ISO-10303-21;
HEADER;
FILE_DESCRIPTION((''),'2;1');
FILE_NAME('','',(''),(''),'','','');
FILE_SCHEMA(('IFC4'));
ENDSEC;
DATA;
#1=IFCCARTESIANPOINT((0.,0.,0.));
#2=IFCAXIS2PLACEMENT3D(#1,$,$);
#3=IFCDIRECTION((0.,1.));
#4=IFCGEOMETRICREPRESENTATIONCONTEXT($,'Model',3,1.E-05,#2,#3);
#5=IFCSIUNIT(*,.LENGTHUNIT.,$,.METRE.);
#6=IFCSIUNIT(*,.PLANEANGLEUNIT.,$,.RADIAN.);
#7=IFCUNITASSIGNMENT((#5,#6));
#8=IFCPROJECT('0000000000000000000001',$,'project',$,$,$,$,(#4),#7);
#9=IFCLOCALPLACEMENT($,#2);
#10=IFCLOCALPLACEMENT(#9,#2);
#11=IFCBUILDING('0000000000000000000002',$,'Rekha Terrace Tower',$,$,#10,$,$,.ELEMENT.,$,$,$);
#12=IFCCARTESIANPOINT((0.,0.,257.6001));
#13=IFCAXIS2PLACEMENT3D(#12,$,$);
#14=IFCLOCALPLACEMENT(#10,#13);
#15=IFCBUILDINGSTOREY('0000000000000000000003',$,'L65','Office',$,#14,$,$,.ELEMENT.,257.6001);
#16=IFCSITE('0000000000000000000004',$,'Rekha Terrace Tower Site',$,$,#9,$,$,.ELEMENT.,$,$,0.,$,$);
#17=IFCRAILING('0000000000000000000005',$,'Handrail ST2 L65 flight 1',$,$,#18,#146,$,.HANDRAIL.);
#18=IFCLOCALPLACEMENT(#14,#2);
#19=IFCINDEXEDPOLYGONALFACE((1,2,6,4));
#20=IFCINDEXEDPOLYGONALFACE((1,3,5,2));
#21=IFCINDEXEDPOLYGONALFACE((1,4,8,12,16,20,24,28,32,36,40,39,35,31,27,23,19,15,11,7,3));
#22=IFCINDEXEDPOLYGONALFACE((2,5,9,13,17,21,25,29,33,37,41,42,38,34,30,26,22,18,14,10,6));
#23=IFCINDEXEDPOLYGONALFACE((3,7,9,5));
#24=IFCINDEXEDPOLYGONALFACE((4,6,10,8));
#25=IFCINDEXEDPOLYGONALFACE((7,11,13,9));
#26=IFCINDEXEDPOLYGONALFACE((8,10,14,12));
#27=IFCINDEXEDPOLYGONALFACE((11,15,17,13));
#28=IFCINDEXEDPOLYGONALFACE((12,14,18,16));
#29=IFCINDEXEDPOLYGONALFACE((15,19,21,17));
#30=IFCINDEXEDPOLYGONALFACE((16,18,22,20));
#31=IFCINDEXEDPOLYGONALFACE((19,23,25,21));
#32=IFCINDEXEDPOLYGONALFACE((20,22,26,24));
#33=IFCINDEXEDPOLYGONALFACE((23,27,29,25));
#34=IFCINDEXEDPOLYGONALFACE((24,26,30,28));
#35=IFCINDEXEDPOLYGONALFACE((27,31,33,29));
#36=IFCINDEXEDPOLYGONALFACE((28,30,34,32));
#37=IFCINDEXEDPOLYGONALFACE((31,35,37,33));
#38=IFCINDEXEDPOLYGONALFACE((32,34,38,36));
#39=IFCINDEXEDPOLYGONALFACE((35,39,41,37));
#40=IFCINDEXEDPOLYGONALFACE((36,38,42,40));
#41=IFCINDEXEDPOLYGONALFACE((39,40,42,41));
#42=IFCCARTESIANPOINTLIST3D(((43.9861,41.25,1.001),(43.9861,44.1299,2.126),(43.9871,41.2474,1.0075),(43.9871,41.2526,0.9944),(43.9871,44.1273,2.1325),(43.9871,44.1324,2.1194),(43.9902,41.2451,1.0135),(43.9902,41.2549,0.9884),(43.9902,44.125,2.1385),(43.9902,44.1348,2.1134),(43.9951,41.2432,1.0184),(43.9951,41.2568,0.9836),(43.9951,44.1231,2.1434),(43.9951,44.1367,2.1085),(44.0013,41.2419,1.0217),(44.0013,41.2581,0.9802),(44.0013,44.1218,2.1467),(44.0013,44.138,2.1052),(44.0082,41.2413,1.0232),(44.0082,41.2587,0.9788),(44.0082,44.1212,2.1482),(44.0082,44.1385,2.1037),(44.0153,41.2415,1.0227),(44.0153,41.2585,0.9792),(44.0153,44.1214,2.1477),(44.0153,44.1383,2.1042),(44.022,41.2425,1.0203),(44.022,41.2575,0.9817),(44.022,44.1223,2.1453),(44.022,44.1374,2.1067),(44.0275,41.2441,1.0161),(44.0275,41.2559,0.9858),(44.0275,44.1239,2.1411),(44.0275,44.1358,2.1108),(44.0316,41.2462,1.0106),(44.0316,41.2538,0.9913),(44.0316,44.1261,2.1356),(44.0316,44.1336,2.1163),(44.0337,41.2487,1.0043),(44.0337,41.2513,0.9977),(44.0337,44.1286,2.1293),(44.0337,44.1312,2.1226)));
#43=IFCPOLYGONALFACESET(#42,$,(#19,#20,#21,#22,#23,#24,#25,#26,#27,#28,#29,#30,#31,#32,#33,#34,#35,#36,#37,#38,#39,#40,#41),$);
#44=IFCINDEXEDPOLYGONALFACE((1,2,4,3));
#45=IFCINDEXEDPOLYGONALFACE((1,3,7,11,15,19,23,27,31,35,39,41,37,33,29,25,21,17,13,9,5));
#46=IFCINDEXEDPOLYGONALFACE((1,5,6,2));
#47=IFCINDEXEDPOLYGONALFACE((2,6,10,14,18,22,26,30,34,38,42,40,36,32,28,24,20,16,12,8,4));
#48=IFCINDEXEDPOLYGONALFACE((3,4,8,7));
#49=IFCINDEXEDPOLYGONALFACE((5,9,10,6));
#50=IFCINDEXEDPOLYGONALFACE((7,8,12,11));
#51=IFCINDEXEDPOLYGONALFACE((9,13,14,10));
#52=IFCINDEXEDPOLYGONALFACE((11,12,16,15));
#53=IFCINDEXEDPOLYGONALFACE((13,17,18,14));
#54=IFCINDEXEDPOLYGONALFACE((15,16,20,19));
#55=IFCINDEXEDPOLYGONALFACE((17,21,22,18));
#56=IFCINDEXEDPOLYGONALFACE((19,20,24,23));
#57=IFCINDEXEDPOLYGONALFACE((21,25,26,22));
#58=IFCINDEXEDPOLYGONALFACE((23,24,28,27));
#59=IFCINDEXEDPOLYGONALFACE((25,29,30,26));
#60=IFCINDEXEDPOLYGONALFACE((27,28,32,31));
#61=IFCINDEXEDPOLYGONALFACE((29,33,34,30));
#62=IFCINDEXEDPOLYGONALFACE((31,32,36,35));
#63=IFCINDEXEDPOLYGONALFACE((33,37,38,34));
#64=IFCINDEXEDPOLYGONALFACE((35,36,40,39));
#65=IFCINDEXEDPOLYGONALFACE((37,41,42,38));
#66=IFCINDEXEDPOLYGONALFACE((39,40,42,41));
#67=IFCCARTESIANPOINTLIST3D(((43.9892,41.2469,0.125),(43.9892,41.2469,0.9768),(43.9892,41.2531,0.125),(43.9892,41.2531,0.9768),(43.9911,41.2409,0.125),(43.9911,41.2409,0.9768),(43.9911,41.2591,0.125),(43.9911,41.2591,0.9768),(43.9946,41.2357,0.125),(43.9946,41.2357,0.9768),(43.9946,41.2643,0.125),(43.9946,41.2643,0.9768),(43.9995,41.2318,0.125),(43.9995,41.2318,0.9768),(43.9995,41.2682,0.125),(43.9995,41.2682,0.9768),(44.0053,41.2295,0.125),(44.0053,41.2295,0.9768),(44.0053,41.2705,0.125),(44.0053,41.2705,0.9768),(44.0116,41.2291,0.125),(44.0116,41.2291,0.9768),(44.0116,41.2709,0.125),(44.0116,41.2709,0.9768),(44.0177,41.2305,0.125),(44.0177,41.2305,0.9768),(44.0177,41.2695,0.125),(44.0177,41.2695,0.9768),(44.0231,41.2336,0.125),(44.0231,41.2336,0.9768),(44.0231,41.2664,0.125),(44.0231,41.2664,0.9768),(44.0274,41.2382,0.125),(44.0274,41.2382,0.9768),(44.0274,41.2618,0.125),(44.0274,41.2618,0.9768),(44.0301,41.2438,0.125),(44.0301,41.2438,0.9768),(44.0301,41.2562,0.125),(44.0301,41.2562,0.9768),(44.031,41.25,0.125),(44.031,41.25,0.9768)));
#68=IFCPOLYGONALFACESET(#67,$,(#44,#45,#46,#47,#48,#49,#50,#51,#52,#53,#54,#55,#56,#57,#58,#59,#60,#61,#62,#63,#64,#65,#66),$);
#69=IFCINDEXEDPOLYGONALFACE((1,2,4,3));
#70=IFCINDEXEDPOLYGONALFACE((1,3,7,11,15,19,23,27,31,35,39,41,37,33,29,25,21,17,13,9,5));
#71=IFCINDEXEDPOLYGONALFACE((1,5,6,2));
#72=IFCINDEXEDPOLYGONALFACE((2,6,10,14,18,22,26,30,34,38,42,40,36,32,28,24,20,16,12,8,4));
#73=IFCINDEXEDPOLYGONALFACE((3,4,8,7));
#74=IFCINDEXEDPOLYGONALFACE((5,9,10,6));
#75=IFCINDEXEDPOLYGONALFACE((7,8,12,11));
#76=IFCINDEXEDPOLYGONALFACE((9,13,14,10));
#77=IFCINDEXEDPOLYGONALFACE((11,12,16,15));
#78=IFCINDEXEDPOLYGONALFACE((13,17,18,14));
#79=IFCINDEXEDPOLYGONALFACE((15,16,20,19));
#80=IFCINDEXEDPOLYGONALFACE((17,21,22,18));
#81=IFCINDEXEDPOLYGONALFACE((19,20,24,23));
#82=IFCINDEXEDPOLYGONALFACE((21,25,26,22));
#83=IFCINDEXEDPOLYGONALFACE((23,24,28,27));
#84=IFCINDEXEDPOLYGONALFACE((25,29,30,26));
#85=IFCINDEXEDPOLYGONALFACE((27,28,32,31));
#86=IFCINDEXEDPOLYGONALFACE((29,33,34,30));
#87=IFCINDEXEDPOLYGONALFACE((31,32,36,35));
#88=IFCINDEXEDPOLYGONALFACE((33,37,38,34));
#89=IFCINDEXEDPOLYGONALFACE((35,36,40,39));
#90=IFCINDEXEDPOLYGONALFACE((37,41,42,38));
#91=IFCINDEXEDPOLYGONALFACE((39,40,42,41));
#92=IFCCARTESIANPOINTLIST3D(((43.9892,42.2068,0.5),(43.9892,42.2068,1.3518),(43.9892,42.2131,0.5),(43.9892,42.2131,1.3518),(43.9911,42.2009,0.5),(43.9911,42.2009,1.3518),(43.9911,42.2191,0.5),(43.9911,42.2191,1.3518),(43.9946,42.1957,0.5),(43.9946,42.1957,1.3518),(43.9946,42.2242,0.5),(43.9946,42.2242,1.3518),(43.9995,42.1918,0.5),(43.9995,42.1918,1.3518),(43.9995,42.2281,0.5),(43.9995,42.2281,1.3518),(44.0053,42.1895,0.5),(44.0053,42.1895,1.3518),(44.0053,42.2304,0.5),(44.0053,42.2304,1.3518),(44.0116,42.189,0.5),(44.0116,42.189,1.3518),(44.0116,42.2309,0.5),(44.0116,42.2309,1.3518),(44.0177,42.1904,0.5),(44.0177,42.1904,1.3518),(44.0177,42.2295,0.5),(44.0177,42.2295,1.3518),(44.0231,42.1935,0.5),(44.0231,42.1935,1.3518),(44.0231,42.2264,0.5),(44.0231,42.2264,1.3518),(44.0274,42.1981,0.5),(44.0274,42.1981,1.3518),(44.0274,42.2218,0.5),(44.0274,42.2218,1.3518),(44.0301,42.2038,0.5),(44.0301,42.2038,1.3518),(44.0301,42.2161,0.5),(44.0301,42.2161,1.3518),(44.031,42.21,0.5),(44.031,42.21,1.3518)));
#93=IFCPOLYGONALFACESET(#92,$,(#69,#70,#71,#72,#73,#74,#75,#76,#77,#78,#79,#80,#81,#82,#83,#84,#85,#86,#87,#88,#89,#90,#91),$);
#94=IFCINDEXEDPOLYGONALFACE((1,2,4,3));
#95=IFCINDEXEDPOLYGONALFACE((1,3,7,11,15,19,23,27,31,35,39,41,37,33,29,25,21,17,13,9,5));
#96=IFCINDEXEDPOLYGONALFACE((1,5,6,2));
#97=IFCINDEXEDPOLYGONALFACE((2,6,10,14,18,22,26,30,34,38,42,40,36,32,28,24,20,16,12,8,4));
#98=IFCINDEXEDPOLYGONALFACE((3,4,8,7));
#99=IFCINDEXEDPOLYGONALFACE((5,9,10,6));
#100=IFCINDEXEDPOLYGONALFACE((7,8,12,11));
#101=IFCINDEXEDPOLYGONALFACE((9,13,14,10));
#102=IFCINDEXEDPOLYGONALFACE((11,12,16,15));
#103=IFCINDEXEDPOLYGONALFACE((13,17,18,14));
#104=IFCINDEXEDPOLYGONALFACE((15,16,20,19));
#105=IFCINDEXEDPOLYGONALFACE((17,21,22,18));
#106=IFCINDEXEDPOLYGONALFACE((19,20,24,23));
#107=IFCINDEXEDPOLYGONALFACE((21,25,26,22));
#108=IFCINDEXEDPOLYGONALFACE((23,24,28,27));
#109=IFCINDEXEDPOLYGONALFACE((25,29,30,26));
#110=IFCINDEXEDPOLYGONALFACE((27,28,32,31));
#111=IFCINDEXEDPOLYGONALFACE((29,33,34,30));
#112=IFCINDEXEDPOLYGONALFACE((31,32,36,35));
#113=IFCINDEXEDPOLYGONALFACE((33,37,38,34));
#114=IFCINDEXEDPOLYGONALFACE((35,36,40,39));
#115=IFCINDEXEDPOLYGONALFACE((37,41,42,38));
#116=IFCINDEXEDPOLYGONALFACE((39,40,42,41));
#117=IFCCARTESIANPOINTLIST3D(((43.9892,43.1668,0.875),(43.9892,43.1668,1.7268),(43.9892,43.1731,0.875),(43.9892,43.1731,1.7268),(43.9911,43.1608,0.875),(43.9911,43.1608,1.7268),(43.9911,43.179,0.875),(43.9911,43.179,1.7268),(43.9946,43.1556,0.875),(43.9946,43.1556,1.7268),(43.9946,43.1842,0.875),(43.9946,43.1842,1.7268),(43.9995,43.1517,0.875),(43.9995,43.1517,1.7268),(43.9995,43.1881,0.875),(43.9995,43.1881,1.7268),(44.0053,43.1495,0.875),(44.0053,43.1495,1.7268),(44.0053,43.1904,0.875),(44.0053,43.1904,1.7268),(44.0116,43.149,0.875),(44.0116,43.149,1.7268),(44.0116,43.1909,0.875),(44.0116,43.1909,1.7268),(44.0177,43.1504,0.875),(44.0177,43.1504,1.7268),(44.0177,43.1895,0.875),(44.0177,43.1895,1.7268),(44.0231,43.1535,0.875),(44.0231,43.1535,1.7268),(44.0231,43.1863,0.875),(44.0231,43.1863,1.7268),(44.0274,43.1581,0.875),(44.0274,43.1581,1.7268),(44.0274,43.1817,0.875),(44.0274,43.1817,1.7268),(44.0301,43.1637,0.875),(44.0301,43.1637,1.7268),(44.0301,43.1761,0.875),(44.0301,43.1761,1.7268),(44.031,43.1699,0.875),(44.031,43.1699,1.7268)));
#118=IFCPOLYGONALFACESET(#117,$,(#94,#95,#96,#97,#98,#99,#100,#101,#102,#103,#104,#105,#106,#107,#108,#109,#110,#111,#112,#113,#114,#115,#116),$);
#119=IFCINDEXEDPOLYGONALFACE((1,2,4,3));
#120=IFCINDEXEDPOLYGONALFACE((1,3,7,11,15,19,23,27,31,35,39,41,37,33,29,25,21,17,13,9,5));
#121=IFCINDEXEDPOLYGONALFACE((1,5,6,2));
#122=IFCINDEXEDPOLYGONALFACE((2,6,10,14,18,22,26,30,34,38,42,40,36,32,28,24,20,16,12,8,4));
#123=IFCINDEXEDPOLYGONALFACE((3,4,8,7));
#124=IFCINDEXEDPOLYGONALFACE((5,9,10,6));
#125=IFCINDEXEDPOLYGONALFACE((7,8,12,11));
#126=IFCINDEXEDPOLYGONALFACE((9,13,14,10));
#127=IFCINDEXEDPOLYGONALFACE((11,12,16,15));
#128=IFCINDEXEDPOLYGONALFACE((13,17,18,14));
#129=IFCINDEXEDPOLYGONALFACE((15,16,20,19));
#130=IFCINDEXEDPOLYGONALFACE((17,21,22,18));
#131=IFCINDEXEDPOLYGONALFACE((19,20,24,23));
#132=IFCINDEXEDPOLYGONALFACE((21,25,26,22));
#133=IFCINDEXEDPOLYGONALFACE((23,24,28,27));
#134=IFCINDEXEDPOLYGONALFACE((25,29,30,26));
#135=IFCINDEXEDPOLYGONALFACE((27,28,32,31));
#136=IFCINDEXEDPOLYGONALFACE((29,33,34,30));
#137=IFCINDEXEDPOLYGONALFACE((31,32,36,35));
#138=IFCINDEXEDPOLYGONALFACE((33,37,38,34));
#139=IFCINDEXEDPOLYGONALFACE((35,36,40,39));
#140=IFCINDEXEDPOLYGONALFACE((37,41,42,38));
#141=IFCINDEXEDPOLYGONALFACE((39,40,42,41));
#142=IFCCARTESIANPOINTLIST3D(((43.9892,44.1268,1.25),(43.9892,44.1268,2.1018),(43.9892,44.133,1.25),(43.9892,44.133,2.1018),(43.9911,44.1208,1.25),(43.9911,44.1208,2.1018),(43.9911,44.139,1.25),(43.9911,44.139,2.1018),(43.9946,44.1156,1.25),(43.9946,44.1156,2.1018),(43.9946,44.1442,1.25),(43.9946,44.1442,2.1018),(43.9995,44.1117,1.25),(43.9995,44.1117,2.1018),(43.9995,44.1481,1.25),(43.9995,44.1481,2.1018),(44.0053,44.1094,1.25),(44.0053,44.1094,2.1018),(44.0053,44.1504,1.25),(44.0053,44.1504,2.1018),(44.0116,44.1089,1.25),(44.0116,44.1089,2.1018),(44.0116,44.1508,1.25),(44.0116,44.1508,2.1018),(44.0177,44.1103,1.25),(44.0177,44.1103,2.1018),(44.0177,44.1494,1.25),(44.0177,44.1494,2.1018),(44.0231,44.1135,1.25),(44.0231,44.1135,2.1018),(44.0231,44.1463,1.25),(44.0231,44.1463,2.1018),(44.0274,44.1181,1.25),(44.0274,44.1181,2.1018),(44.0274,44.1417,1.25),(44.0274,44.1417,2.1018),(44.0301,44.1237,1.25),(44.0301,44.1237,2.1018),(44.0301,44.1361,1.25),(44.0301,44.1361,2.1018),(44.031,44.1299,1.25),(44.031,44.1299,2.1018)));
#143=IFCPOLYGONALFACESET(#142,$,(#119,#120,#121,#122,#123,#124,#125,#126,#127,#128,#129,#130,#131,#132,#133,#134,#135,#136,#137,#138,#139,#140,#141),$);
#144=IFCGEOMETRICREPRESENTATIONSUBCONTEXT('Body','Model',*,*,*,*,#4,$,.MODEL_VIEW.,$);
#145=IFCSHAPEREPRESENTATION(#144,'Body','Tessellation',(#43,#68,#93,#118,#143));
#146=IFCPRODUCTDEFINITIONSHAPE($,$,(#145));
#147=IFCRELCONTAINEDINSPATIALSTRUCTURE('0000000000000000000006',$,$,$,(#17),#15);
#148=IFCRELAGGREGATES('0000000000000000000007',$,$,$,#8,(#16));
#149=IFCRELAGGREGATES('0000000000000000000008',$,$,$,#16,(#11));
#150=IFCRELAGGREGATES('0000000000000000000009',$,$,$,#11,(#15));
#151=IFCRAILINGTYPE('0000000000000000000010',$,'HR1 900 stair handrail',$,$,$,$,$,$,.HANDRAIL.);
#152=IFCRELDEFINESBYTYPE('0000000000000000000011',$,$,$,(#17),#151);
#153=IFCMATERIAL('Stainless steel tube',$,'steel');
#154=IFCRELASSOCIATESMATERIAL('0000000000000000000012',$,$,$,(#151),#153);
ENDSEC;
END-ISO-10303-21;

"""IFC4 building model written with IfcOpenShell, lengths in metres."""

from ifc_helpers import new_model, si_unit, direction, frame, origin, origin_2d, place, context, subcontext, project, spatial, circle, extrude, material, type_object, element, save


model = new_model("IFC4")

# Units and contexts
model_context = context("Model", 3, precision=1e-05, world=origin(), true_north=direction((0.0, 1.0)))
body_context = subcontext(model_context, "Body", "Model", "MODEL_VIEW")
ifc_project = project(units=[si_unit("LENGTHUNIT", "METRE"), si_unit("PLANEANGLEUNIT", "RADIAN")], contexts=[model_context])

# Site, building, storey
site_placement = place(None, origin())
site = spatial("IfcSite", under=ifc_project, at=site_placement, Name="Rekha Terrace Tower Site", CompositionType="ELEMENT", RefElevation=0.0)
building_placement = place(site_placement, origin())
building = spatial("IfcBuilding", under=site, at=building_placement, Name="Rekha Terrace Tower", CompositionType="ELEMENT")
storey_placement = place(building_placement, frame((0.0, 0.0, 257.6001)))
storey = spatial("IfcBuildingStorey", under=building, at=storey_placement, Name="L65", Description="Office", CompositionType="ELEMENT", Elevation=257.6001)

# Railing
ifc_material_1 = material(Name="Stainless steel tube", Category="steel")
railing_type_1 = type_object("IfcRailingType", Name="HR1 900 stair handrail", PredefinedType="HANDRAIL", material=ifc_material_1)
for number, where, name in (
    (1, (44.01, 41.25, 0.125), "Handrail ST2 L65 flight 1"),
):
    element("IfcRailing", number, at=place(storey_placement, frame(where)), inside=storey, type_object=railing_type_1, Name=name, PredefinedType="HANDRAIL", context=body_context, shape_type="SweptSolid", body=[
        extrude(circle(Radius=0.0239, at=origin_2d()), frame((0.0, 0.0, 0.876), z_axis=(0.0, 0.931452, 0.363863), x_axis=(-1.0, 0.0, 0.0)), (0.0, 0.0, 1.0), 3.0918),
        extrude(circle(Radius=0.021, at=origin_2d()), origin(), (0.0, 0.0, 1.0), 0.8518),
        extrude(circle(Radius=0.021, at=origin_2d()), frame((0.0, 0.96, 0.375)), (0.0, 0.0, 1.0), 0.8518),
        extrude(circle(Radius=0.021, at=origin_2d()), frame((0.0, 1.9199, 0.75)), (0.0, 0.0, 1.0), 0.8518),
        extrude(circle(Radius=0.021, at=origin_2d()), frame((0.0, 2.8799, 1.125)), (0.0, 0.0, 1.0), 0.8518),
    ])

save(model, "model.ifc")
